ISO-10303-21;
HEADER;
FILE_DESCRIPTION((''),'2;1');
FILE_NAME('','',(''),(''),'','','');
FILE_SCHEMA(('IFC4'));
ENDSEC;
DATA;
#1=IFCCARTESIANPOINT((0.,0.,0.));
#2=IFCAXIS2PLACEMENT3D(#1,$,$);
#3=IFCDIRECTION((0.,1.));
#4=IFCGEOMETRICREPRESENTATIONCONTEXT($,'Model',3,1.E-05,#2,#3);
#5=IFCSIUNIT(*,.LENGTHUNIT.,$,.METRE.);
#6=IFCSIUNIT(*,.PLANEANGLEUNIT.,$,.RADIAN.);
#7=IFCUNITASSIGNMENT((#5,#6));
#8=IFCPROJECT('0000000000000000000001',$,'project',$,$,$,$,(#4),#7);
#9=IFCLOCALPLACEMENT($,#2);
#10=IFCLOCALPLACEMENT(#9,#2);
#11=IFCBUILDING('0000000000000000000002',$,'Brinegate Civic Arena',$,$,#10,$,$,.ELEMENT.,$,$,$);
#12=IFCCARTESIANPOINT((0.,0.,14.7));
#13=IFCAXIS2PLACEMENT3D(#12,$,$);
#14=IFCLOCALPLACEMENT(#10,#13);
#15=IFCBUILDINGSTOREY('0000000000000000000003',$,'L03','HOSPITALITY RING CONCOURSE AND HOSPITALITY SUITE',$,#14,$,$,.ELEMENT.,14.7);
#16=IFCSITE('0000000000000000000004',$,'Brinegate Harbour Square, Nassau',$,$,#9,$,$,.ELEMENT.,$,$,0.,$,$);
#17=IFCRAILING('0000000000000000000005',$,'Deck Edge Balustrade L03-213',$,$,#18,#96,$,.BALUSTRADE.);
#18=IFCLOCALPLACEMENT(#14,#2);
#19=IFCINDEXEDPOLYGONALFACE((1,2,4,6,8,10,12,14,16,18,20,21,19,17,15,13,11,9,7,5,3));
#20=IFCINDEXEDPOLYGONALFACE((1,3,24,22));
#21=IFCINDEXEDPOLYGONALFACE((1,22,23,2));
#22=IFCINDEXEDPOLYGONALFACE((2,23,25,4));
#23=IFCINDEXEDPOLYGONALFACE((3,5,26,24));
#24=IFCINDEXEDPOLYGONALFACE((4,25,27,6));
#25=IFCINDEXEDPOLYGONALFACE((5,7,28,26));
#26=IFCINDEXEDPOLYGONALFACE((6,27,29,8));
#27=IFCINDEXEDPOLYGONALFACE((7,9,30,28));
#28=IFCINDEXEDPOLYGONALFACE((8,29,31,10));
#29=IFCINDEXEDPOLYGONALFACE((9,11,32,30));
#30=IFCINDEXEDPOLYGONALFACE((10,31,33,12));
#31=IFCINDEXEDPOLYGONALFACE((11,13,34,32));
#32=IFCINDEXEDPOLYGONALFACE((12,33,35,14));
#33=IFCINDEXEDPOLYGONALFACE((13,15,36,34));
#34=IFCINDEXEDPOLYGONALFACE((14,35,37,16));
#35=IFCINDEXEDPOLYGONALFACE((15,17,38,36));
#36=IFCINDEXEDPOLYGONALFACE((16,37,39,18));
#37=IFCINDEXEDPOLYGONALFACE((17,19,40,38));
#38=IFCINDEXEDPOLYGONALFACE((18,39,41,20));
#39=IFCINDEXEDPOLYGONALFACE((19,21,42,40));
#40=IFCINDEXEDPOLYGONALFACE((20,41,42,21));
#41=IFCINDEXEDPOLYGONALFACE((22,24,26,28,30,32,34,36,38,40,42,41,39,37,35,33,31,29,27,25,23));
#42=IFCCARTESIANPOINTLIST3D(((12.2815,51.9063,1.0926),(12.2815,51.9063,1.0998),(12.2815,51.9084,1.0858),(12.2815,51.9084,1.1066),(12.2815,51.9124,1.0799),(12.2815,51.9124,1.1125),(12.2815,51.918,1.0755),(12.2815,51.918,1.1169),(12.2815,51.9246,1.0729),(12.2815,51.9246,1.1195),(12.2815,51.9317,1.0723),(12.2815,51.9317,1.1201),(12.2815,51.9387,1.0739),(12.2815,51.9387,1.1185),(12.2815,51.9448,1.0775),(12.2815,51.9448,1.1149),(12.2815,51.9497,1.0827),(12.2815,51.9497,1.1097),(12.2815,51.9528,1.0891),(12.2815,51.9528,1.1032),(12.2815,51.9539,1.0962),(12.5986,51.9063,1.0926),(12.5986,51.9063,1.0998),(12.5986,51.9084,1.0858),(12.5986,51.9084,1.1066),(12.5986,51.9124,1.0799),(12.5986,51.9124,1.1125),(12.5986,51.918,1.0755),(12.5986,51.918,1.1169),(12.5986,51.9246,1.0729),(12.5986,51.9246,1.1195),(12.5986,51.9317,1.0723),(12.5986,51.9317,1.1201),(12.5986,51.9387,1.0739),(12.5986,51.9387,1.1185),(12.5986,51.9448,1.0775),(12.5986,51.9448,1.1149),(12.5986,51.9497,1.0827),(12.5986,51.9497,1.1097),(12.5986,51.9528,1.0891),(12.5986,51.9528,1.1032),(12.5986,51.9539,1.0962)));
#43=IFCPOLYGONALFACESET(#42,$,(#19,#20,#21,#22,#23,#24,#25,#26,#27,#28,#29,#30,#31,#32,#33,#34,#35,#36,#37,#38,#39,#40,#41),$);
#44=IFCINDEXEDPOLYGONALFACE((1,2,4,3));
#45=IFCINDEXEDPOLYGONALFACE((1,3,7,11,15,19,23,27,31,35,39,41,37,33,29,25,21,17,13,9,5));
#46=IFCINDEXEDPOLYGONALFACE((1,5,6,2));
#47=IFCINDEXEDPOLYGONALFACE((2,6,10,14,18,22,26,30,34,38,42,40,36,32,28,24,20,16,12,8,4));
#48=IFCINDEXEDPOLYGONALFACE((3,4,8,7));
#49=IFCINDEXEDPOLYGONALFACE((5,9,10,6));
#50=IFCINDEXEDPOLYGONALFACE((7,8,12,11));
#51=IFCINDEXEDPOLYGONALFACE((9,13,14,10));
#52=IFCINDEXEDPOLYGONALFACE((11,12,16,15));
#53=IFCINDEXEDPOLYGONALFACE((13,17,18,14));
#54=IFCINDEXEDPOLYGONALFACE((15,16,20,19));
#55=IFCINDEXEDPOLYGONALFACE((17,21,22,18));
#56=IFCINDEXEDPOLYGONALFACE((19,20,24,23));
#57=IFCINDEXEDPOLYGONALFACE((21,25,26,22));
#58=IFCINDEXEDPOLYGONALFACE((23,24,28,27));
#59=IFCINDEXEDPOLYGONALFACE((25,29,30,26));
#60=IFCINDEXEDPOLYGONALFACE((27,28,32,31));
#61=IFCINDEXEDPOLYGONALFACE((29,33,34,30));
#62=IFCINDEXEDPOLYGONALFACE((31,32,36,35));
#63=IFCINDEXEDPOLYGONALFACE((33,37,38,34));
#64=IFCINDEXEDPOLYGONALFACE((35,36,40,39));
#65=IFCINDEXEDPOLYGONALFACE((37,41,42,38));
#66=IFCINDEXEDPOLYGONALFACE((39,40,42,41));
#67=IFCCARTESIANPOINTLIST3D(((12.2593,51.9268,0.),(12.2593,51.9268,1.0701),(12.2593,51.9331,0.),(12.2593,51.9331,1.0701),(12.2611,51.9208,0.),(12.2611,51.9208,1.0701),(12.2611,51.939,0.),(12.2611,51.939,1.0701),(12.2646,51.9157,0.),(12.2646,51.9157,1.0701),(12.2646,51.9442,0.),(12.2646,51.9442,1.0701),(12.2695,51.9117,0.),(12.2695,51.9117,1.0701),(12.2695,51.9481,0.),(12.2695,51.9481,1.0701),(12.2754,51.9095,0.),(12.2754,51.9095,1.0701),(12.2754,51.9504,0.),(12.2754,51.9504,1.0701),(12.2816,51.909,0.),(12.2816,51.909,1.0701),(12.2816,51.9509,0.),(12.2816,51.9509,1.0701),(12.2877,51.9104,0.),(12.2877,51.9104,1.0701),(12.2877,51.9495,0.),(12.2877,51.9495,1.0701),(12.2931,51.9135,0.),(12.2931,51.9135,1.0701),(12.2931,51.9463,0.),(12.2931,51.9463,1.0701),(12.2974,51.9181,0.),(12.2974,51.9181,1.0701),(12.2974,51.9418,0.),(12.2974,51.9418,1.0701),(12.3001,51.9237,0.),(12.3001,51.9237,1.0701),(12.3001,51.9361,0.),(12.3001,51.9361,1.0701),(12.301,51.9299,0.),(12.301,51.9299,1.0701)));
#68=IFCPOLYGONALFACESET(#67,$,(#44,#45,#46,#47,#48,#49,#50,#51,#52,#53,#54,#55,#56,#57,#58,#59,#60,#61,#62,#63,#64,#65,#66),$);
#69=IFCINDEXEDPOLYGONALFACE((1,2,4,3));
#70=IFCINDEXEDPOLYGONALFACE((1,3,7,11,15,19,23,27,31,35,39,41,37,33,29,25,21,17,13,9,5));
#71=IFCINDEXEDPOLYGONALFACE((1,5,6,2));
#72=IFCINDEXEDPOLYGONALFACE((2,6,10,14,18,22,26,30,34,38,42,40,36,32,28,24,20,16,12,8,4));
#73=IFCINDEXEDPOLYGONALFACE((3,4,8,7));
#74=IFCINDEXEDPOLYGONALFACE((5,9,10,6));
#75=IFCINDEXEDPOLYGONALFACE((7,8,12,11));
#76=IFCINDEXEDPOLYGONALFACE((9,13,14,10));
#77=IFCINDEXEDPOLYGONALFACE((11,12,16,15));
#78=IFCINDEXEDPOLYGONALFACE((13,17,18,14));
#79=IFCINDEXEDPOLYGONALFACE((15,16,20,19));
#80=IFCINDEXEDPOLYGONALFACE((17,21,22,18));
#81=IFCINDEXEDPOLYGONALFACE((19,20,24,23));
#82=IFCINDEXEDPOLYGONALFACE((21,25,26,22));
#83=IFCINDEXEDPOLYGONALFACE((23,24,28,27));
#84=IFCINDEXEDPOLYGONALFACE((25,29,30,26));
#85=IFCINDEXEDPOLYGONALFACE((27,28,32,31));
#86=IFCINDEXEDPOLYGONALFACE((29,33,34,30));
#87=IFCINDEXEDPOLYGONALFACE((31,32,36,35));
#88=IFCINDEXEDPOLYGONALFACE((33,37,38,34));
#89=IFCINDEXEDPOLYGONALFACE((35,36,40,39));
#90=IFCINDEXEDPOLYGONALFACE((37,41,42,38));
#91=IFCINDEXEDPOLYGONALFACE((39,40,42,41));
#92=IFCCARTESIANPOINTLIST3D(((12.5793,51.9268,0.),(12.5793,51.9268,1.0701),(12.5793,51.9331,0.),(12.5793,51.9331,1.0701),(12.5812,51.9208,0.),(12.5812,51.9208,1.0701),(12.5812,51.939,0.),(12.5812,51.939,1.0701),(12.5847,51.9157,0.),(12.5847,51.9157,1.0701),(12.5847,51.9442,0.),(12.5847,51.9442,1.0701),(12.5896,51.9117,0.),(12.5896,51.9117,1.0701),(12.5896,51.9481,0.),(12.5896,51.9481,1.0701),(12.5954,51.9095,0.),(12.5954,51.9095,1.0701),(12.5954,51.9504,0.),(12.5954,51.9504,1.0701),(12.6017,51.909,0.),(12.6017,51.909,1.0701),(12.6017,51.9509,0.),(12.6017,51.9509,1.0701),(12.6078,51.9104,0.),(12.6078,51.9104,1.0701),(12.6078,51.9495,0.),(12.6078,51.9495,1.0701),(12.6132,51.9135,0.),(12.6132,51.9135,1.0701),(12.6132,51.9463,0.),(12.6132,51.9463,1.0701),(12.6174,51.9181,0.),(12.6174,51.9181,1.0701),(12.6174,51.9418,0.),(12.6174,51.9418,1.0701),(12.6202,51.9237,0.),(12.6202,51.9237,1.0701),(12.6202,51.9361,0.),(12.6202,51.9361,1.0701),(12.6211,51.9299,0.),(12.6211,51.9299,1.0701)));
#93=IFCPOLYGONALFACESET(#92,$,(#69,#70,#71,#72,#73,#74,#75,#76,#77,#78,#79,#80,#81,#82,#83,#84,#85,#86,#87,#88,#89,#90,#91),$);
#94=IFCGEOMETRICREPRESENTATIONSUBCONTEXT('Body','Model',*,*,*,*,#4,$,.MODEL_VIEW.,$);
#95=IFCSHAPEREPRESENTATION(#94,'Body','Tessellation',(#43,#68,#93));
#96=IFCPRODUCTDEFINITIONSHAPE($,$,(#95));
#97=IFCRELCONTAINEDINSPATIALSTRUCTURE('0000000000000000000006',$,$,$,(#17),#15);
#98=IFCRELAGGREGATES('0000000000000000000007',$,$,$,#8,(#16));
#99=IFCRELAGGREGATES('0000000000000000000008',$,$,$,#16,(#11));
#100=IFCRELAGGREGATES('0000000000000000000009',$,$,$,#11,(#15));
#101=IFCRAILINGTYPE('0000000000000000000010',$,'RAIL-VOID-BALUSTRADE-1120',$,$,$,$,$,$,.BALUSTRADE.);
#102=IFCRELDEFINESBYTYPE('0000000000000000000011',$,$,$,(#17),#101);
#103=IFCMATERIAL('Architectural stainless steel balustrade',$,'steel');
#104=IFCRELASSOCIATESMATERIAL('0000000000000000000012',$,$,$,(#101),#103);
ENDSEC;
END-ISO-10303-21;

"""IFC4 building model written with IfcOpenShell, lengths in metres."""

from ifc_helpers import new_model, si_unit, direction, frame, origin, origin_2d, place, context, subcontext, project, spatial, circle, extrude, material, type_object, element, save


model = new_model("IFC4")

# Units and contexts
model_context = context("Model", 3, precision=1e-05, world=origin(), true_north=direction((0.0, 1.0)))
body_context = subcontext(model_context, "Body", "Model", "MODEL_VIEW")
ifc_project = project(units=[si_unit("LENGTHUNIT", "METRE"), si_unit("PLANEANGLEUNIT", "RADIAN")], contexts=[model_context])

# Site, building, storey
site_placement = place(None, origin())
site = spatial("IfcSite", under=ifc_project, at=site_placement, Name="Brinegate Harbour Square, Nassau", CompositionType="ELEMENT", RefElevation=0.0)
building_placement = place(site_placement, origin())
building = spatial("IfcBuilding", under=site, at=building_placement, Name="Brinegate Civic Arena", CompositionType="ELEMENT")
storey_placement = place(building_placement, frame((0.0, 0.0, 14.7)))
storey = spatial("IfcBuildingStorey", under=building, at=storey_placement, Name="L03", Description="HOSPITALITY RING CONCOURSE AND HOSPITALITY SUITE", CompositionType="ELEMENT", Elevation=14.7)

# Railing
ifc_material_1 = material(Name="Architectural stainless steel balustrade", Category="steel")
railing_type = type_object("IfcRailingType", Name="RAIL-VOID-BALUSTRADE-1120", PredefinedType="BALUSTRADE", material=ifc_material_1)
railing_placement = place(storey_placement, frame((12.28, 51.9299, 0.0)))
element("IfcRailing", 1, at=railing_placement, inside=storey, type_object=railing_type, Name="Deck Edge Balustrade L03-213", PredefinedType="BALUSTRADE", context=body_context, shape_type="SweptSolid", body=[
    extrude(circle(Radius=0.0239, at=origin_2d()), frame((0.0015, 0.0, 1.0962), z_axis=(1.0, 0.0, 0.0), x_axis=(0.0, 1.0, 0.0)), (0.0, 0.0, 1.0), 0.3171),
    extrude(circle(Radius=0.021, at=origin_2d()), origin(), (0.0, 0.0, 1.0), 1.0701),
    extrude(circle(Radius=0.021, at=origin_2d()), frame((0.3201, 0.0, 0.0)), (0.0, 0.0, 1.0), 1.0701),
])

save(model, "model.ifc")
